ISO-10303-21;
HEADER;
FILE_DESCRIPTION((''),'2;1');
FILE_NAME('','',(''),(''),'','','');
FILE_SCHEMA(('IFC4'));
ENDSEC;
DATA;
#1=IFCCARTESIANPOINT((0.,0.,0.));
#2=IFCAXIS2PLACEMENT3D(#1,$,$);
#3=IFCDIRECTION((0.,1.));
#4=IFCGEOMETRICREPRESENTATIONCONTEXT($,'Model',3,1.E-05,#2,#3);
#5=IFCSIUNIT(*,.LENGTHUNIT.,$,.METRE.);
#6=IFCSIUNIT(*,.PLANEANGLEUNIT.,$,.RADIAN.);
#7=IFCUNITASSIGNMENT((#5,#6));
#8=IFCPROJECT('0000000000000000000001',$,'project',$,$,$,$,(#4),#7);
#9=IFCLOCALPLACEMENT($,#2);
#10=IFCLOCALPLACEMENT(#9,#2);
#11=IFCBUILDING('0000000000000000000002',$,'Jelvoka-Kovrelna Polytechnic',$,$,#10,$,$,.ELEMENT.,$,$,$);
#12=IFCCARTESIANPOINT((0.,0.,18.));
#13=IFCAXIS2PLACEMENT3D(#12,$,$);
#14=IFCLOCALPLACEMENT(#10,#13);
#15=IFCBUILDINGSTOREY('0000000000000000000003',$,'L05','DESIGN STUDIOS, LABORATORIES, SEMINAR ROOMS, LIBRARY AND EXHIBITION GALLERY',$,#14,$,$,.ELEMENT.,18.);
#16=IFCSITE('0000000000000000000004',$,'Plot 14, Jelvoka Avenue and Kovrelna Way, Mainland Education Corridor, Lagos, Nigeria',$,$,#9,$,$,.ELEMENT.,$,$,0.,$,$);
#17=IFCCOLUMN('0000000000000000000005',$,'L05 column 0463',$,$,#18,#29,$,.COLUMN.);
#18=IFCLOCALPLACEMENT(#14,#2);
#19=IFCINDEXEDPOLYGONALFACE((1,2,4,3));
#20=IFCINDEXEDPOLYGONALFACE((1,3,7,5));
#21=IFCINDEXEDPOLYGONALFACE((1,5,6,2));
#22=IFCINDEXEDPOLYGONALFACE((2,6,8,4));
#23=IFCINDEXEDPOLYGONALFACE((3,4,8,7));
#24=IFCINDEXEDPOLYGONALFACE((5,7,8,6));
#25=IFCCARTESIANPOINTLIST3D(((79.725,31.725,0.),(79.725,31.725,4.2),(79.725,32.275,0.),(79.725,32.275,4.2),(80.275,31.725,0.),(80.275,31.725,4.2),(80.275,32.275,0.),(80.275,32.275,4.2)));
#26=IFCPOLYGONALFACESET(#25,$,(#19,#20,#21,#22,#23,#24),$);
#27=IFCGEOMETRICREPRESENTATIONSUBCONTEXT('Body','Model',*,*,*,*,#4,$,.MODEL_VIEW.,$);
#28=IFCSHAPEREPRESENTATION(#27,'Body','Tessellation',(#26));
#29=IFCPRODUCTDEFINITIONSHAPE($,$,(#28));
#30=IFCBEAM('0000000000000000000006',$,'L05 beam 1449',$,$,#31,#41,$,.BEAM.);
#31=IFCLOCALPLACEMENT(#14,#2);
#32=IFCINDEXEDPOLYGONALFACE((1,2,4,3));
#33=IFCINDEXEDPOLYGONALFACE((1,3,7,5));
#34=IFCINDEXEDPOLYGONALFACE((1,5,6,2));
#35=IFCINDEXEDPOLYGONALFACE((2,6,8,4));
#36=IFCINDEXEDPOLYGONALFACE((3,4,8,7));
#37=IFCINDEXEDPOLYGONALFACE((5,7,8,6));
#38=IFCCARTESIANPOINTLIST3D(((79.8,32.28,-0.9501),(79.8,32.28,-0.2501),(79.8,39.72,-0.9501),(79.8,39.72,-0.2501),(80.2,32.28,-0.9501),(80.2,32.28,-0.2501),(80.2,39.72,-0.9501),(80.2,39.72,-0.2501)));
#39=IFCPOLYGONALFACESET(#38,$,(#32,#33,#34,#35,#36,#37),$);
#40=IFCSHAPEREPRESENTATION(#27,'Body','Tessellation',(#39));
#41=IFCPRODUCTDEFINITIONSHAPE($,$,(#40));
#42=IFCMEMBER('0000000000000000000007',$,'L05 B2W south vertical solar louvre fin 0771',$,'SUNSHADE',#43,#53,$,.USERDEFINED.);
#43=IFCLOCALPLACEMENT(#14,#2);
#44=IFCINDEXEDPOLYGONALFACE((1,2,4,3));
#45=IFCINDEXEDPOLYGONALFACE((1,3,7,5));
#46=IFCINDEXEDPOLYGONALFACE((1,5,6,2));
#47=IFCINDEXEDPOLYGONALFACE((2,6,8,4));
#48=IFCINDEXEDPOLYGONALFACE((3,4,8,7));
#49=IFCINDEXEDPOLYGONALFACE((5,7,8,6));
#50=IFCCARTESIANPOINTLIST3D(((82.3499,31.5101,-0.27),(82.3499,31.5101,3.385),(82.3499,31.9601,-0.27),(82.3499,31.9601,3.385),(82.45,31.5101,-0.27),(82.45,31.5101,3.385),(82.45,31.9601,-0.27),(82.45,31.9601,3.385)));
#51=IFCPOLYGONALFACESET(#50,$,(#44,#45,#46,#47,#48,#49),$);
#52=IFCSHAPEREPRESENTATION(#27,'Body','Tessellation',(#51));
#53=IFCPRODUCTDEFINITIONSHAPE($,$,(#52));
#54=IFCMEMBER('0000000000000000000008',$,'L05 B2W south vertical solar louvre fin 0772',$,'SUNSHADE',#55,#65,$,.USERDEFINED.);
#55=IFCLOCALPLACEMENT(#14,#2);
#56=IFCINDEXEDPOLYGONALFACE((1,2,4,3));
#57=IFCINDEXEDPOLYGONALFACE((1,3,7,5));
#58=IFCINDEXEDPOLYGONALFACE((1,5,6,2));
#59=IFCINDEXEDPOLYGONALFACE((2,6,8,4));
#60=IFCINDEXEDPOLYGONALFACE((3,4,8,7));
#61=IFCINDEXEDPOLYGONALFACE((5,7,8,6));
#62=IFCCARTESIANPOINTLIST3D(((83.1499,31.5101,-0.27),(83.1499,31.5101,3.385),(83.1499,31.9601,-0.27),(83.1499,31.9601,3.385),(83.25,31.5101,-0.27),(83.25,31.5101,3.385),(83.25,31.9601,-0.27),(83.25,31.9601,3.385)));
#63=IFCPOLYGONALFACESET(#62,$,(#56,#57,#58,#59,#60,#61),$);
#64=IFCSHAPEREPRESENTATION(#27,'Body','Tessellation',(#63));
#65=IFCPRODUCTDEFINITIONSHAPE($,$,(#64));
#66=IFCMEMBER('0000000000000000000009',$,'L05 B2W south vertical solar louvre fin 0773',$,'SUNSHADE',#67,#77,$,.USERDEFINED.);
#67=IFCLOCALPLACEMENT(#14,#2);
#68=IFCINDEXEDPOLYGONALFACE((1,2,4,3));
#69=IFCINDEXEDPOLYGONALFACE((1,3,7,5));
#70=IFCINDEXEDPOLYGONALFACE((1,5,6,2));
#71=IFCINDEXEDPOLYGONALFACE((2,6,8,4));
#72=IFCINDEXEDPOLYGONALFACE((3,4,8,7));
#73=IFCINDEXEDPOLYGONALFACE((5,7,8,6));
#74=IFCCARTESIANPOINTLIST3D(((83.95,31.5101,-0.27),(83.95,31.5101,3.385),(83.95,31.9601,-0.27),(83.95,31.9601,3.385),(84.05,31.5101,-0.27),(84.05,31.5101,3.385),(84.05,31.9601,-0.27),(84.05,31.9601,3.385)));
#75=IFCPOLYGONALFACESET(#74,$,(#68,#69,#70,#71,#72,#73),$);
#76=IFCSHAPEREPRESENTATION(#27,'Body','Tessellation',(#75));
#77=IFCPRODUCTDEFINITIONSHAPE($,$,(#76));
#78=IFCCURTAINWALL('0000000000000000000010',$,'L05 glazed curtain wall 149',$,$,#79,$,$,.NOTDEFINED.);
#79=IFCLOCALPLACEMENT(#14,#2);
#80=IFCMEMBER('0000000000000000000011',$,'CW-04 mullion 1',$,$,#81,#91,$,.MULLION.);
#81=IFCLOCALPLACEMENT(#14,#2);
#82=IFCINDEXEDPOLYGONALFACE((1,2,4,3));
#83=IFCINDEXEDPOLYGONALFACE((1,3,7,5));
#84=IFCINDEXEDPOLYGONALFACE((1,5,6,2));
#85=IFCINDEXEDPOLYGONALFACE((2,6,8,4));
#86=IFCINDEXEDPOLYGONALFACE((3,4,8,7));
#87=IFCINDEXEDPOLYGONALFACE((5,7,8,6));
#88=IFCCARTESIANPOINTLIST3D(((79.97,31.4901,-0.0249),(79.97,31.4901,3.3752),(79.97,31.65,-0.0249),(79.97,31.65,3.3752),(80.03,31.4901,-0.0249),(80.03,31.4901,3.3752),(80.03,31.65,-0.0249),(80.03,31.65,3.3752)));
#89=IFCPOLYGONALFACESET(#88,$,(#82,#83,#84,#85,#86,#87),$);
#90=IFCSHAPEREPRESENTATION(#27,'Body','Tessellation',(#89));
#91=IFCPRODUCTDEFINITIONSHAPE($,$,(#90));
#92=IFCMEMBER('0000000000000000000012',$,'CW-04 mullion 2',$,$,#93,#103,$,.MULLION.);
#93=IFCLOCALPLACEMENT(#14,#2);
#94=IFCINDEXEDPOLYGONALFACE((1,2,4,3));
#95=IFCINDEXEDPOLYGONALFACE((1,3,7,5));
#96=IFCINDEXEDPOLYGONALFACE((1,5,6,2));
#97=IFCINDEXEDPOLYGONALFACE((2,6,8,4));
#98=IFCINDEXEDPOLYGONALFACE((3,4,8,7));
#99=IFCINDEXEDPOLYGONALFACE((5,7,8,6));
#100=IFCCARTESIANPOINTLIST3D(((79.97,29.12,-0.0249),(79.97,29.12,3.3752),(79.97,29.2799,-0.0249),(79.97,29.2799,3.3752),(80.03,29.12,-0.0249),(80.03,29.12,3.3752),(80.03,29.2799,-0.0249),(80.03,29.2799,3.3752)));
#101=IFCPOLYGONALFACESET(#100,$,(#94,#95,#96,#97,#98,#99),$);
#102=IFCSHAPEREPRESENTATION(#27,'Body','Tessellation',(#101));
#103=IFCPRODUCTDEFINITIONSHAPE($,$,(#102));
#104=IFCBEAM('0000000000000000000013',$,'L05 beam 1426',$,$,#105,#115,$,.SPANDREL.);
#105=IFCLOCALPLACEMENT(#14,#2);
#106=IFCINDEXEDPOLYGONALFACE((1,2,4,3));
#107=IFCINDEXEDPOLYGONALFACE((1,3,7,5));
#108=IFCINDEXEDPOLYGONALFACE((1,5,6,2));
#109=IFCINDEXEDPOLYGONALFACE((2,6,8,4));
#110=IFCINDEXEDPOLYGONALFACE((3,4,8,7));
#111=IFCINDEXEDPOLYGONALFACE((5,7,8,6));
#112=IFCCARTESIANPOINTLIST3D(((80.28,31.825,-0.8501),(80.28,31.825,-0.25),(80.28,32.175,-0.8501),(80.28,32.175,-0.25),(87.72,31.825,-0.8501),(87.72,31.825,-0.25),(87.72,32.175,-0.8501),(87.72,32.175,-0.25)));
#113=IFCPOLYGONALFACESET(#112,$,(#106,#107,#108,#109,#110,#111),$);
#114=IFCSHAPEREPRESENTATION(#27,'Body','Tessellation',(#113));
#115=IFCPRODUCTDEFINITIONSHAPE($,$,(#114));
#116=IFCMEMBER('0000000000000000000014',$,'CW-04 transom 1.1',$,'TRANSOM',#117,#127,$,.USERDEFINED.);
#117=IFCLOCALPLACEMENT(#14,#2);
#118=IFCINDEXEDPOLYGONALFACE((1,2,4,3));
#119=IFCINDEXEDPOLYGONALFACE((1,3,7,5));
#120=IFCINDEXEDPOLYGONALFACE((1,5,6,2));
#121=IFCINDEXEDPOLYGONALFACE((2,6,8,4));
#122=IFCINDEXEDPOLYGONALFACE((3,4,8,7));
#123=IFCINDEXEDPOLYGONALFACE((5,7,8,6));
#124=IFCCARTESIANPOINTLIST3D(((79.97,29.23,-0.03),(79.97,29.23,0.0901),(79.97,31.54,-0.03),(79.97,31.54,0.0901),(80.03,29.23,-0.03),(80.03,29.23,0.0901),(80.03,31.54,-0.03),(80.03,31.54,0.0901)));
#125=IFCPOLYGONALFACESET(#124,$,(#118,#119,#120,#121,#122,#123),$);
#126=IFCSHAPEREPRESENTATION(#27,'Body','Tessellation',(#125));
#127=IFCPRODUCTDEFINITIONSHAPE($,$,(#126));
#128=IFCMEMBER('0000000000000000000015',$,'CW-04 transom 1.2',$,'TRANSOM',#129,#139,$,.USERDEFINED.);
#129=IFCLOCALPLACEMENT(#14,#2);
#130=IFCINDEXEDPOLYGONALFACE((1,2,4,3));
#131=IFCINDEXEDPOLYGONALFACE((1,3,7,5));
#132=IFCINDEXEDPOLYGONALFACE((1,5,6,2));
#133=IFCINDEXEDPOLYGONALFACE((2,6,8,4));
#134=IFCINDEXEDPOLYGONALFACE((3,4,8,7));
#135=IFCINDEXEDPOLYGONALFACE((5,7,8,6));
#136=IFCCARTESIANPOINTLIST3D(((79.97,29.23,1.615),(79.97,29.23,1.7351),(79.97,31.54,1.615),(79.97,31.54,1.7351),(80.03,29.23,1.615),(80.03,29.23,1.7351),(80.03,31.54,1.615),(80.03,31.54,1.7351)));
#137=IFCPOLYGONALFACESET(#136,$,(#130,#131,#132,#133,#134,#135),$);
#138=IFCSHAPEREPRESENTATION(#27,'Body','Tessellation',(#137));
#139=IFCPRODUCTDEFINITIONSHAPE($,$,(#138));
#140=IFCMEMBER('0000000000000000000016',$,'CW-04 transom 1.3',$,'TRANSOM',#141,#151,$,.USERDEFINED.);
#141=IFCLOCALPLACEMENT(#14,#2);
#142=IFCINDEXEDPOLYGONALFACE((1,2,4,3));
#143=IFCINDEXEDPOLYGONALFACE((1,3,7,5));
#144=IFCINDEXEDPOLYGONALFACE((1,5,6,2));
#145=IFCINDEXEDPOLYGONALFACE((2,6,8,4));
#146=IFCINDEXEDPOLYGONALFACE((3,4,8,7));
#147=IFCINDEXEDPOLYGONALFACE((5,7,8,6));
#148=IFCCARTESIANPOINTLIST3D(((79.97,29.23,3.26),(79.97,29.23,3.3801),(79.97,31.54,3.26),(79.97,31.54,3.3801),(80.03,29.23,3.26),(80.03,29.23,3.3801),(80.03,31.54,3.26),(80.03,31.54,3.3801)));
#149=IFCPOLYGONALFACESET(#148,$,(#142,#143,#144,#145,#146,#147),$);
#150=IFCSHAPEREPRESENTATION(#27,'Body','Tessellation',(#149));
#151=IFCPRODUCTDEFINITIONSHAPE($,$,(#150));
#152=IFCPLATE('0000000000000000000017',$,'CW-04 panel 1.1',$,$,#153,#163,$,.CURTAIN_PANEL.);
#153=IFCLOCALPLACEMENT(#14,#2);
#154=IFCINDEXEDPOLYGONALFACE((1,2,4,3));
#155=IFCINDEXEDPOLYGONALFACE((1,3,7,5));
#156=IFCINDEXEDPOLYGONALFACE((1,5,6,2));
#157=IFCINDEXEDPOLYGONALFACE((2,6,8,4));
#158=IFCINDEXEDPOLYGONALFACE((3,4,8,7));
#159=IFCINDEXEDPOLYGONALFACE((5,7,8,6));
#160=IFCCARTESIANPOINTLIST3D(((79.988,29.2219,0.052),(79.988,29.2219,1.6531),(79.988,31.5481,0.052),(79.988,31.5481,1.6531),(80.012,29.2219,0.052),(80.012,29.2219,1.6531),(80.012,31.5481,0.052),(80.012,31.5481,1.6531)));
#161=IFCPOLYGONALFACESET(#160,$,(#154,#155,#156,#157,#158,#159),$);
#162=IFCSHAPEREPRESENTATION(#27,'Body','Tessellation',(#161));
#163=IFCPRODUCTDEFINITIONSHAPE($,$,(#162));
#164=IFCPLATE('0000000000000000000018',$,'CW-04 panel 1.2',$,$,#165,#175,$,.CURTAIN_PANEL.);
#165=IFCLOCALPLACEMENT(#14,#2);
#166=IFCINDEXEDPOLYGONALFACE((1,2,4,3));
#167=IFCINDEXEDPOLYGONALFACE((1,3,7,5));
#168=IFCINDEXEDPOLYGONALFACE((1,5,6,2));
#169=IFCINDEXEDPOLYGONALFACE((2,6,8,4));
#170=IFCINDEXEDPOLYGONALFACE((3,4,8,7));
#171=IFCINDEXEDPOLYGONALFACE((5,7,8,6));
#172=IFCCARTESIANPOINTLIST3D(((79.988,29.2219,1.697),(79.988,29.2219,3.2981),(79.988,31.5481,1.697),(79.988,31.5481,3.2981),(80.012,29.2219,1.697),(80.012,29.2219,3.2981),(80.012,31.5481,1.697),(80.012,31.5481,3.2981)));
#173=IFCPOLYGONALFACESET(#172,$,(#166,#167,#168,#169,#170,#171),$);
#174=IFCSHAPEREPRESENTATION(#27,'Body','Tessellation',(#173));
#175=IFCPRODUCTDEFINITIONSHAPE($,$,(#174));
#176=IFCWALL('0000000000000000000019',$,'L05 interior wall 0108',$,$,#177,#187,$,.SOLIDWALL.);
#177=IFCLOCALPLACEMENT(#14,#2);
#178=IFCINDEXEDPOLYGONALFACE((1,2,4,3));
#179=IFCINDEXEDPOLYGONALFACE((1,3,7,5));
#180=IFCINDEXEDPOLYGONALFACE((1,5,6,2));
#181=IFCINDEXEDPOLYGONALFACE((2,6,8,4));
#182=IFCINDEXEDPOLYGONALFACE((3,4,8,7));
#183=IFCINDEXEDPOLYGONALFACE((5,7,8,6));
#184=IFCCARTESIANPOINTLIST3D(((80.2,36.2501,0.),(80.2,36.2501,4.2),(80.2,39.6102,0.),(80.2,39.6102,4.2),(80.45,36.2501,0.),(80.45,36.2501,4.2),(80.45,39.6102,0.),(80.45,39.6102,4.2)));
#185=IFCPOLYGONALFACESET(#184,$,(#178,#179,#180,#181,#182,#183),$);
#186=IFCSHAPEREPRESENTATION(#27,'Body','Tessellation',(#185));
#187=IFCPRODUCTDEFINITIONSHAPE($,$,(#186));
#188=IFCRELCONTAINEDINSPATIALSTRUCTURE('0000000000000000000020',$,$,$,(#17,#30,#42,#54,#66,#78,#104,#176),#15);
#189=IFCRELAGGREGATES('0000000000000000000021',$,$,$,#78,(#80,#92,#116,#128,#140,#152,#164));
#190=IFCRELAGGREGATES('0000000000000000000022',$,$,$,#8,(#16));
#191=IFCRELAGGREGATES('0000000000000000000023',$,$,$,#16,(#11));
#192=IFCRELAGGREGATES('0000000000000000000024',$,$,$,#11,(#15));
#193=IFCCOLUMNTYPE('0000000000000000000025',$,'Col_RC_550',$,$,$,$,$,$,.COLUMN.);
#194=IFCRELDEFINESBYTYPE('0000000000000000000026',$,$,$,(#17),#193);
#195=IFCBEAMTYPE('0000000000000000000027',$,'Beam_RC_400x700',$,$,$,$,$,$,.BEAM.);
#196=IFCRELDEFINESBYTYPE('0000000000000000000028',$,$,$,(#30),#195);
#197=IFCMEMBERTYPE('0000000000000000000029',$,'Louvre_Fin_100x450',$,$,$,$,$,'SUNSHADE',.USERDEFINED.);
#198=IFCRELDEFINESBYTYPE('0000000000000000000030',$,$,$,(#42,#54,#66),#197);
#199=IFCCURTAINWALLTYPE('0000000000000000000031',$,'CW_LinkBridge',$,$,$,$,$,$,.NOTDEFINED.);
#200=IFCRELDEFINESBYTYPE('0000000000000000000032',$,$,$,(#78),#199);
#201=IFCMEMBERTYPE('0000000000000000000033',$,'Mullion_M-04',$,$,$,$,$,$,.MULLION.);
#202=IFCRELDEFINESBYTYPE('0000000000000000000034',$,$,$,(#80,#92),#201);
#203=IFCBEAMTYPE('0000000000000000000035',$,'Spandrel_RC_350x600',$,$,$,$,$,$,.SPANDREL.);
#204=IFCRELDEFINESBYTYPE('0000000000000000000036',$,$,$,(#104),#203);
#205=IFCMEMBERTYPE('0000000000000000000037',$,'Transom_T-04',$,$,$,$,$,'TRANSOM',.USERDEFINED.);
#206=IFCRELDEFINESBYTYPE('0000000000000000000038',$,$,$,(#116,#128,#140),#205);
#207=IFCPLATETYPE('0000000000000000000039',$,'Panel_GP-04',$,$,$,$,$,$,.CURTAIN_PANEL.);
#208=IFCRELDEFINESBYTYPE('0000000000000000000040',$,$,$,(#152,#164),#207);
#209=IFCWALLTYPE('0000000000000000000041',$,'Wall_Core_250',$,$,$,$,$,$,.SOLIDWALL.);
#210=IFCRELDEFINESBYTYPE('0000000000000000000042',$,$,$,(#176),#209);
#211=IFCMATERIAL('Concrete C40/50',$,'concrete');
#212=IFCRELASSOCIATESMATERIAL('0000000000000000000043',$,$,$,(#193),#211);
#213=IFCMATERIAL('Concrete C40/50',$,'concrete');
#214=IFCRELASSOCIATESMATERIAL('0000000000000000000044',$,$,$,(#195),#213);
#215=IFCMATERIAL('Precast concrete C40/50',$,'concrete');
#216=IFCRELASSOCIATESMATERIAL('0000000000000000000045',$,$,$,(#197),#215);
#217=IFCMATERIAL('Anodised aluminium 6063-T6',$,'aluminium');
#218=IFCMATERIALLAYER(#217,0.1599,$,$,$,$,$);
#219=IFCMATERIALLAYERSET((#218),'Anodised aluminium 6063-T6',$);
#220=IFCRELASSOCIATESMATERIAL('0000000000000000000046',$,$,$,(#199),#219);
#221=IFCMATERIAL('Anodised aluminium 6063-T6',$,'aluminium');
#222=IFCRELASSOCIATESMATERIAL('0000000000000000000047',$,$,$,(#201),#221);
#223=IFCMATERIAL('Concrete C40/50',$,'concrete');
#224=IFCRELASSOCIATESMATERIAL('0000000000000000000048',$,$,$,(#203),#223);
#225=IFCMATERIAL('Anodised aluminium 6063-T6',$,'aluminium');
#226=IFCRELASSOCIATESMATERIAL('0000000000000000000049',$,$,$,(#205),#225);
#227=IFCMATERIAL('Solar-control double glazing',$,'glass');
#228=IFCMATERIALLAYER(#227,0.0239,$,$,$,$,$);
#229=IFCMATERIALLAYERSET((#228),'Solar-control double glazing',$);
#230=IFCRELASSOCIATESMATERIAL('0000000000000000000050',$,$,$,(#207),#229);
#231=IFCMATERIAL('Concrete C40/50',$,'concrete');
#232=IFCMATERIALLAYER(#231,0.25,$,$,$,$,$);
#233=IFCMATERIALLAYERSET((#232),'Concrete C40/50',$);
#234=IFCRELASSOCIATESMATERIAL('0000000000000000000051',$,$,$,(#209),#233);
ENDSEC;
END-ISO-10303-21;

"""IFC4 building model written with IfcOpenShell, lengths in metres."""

from ifc_helpers import new_model, si_unit, direction, frame, frame_2d, origin, origin_2d, place, context, subcontext, project, spatial, rectangle, extrude, material, layer, layer_set, material_profile, profile_set, type_object, element, aggregate, save


model = new_model("IFC4")

# Units and contexts
model_context = context("Model", 3, precision=1e-05, world=origin(), true_north=direction((0.0, 1.0)))
body_context = subcontext(model_context, "Body", "Model", "MODEL_VIEW")
ifc_project = project(units=[si_unit("LENGTHUNIT", "METRE"), si_unit("PLANEANGLEUNIT", "RADIAN")], contexts=[model_context])

# Site, building, storey
site_placement = place(None, origin())
site = spatial("IfcSite", under=ifc_project, at=site_placement, Name="Plot 14, Jelvoka Avenue and Kovrelna Way, Mainland Education Corridor, Lagos, Nigeria", CompositionType="ELEMENT", RefElevation=0.0)
building_placement = place(site_placement, origin())
building = spatial("IfcBuilding", under=site, at=building_placement, Name="Jelvoka-Kovrelna Polytechnic", CompositionType="ELEMENT")
storey_placement = place(building_placement, frame((0.0, 0.0, 18.0)))
storey = spatial("IfcBuildingStorey", under=building, at=storey_placement, Name="L05", Description="DESIGN STUDIOS, LABORATORIES, SEMINAR ROOMS, LIBRARY AND EXHIBITION GALLERY", CompositionType="ELEMENT", Elevation=18.0)

# Column
ifc_material_1 = material(Name="Concrete C40/50", Category="concrete")
ifc_material_profile_1 = material_profile(ifc_material_1, rectangle(XDim=0.55, YDim=0.55, at=origin_2d()), Name="RC 550x550")
ifc_profile_set_1 = profile_set([ifc_material_profile_1], Name="Concrete C40/50")
column_type = type_object("IfcColumnType", Name="Col_RC_550", PredefinedType="COLUMN", material=ifc_profile_set_1)
column_placement = place(storey_placement, frame((80.0, 32.0, 0.0), z_axis=(0.0, 0.0, 1.0), x_axis=(1.0, 0.0, 0.0)))
element("IfcColumn", 1, at=column_placement, inside=storey, type_object=column_type, Name="L05 column 0463", PredefinedType="COLUMN", context=body_context, shape_type="SweptSolid", body=[
    extrude(rectangle(XDim=0.55, YDim=0.55, at=origin_2d()), origin(), (0.0, 0.0, 1.0), 4.2),
])

# Beam
ifc_material_2 = material(Name="Concrete C40/50", Category="concrete")
ifc_material_profile_2 = material_profile(ifc_material_2, rectangle(XDim=0.3999, YDim=0.7, at=origin_2d()), Name="RC 400x700")
ifc_profile_set_2 = profile_set([ifc_material_profile_2], Name="Concrete C40/50")
beam_type_1 = type_object("IfcBeamType", Name="Beam_RC_400x700", PredefinedType="BEAM", material=ifc_profile_set_2)
beam_1_placement = place(storey_placement, frame((80.0, 32.28, -0.6001), z_axis=(0.0, 1.0, 0.0), x_axis=(-1.0, 0.0, 0.0)))
element("IfcBeam", 2, at=beam_1_placement, inside=storey, type_object=beam_type_1, Name="L05 beam 1449", PredefinedType="BEAM", context=body_context, shape_type="SweptSolid", body=[
    extrude(rectangle(XDim=0.3999, YDim=0.7, at=origin_2d()), origin(), (0.0, 0.0, 1.0), 7.4399),
])

# Members
ifc_material_3 = material(Name="Precast concrete C40/50", Category="concrete")
ifc_material_profile_3 = material_profile(ifc_material_3, rectangle(XDim=0.1001, YDim=0.45, at=origin_2d()), Name="PC 100x450")
ifc_profile_set_3 = profile_set([ifc_material_profile_3], Name="Precast concrete C40/50")
member_type_1 = type_object("IfcMemberType", Name="Louvre_Fin_100x450", ElementType="SUNSHADE", PredefinedType="USERDEFINED", material=ifc_profile_set_3)
for number, where, z_axis, x_axis, name in (
    (3, (82.3999, 31.7351, -0.27), (0.0, 0.0, 1.0), (1.0, 0.0, 0.0), "L05 B2W south vertical solar louvre fin 0771"),
    (4, (83.2, 31.7351, -0.27), (0.0, 0.0, 1.0), (1.0, 0.0, 0.0), "L05 B2W south vertical solar louvre fin 0772"),
    (5, (84.0, 31.7351, -0.27), (0.0, 0.0, 1.0), (1.0, 0.0, 0.0), "L05 B2W south vertical solar louvre fin 0773"),
):
    element("IfcMember", number, at=place(storey_placement, frame(where, z_axis=z_axis, x_axis=x_axis)), inside=storey, type_object=member_type_1, Name=name, ObjectType="SUNSHADE", PredefinedType="USERDEFINED", context=body_context, shape_type="SweptSolid", body=[
        extrude(rectangle(XDim=0.1001, YDim=0.45, at=origin_2d()), origin(), (0.0, 0.0, 1.0), 3.655),
    ])

# Curtain wall, members
ifc_material_4 = material(Name="Anodised aluminium 6063-T6", Category="aluminium")
ifc_layer_1 = layer(ifc_material_4, 0.1599)
ifc_layer_set_1 = layer_set([ifc_layer_1], Name="Anodised aluminium 6063-T6")
curtain_wall_type = type_object("IfcCurtainWallType", Name="CW_LinkBridge", PredefinedType="NOTDEFINED", material=ifc_layer_set_1)
curtain_wall_placement = place(storey_placement, origin())
curtain_wall = element("IfcCurtainWall", 6, at=curtain_wall_placement, inside=storey, type_object=curtain_wall_type, Name="L05 glazed curtain wall 149", PredefinedType="NOTDEFINED")
ifc_material_5 = material(Name="Anodised aluminium 6063-T6", Category="aluminium")
ifc_material_profile_4 = material_profile(ifc_material_5, rectangle(XDim=0.0601, YDim=0.1599, at=origin_2d()), Name="ALU 60x160")
ifc_profile_set_4 = profile_set([ifc_material_profile_4], Name="Anodised aluminium 6063-T6")
member_type_2 = type_object("IfcMemberType", Name="Mullion_M-04", PredefinedType="MULLION", material=ifc_profile_set_4)
member_1_placement = place(storey_placement, frame((80.0, 31.5701, -0.0249), z_axis=(0.0, 0.0, 1.0), x_axis=(1.0, 0.0, 0.0)))
member_1 = element("IfcMember", 7, at=member_1_placement, type_object=member_type_2, Name="CW-04 mullion 1", PredefinedType="MULLION", context=body_context, shape_type="SweptSolid", body=[
    extrude(rectangle(XDim=0.0601, YDim=0.1599, at=origin_2d()), origin(), (0.0, 0.0, 1.0), 3.4001),
])
member_2_placement = place(storey_placement, frame((80.0, 29.2, -0.0249), z_axis=(0.0, 0.0, 1.0), x_axis=(1.0, 0.0, 0.0)))
member_2 = element("IfcMember", 8, at=member_2_placement, type_object=member_type_2, Name="CW-04 mullion 2", PredefinedType="MULLION", context=body_context, shape_type="SweptSolid", body=[
    extrude(rectangle(XDim=0.0601, YDim=0.1599, at=origin_2d()), origin(), (0.0, 0.0, 1.0), 3.4001),
])

# Beam
ifc_material_6 = material(Name="Concrete C40/50", Category="concrete")
ifc_material_profile_5 = material_profile(ifc_material_6, rectangle(XDim=0.3501, YDim=0.6001, at=origin_2d()), Name="RC 350x600")
ifc_profile_set_5 = profile_set([ifc_material_profile_5], Name="Concrete C40/50")
beam_type_2 = type_object("IfcBeamType", Name="Spandrel_RC_350x600", PredefinedType="SPANDREL", material=ifc_profile_set_5)
beam_2_placement = place(storey_placement, frame((80.28, 32.0, -0.55), z_axis=(1.0, 0.0, 0.0), x_axis=(0.0, 1.0, 0.0)))
element("IfcBeam", 9, at=beam_2_placement, inside=storey, type_object=beam_type_2, Name="L05 beam 1426", PredefinedType="SPANDREL", context=body_context, shape_type="SweptSolid", body=[
    extrude(rectangle(XDim=0.3501, YDim=0.6001, at=origin_2d()), origin(), (0.0, 0.0, 1.0), 7.4399),
])

# Members
ifc_material_7 = material(Name="Anodised aluminium 6063-T6", Category="aluminium")
ifc_material_profile_6 = material_profile(ifc_material_7, rectangle(XDim=0.0601, YDim=0.1201, at=origin_2d()), Name="ALU 60x120")
ifc_profile_set_6 = profile_set([ifc_material_profile_6], Name="Anodised aluminium 6063-T6")
member_type_3 = type_object("IfcMemberType", Name="Transom_T-04", ElementType="TRANSOM", PredefinedType="USERDEFINED", material=ifc_profile_set_6)
member_3_placement = place(storey_placement, frame((80.0, 31.54, 0.03), z_axis=(0.0, -1.0, 0.0), x_axis=(1.0, 0.0, 0.0)))
member_3 = element("IfcMember", 10, at=member_3_placement, type_object=member_type_3, Name="CW-04 transom 1.1", ObjectType="TRANSOM", PredefinedType="USERDEFINED", context=body_context, shape_type="SweptSolid", body=[
    extrude(rectangle(XDim=0.0601, YDim=0.1201, at=origin_2d()), origin(), (0.0, 0.0, 1.0), 2.3101),
])
member_4_placement = place(storey_placement, frame((80.0, 31.54, 1.675), z_axis=(0.0, -1.0, 0.0), x_axis=(1.0, 0.0, 0.0)))
member_4 = element("IfcMember", 11, at=member_4_placement, type_object=member_type_3, Name="CW-04 transom 1.2", ObjectType="TRANSOM", PredefinedType="USERDEFINED", context=body_context, shape_type="SweptSolid", body=[
    extrude(rectangle(XDim=0.0601, YDim=0.1201, at=origin_2d()), origin(), (0.0, 0.0, 1.0), 2.3101),
])
member_5_placement = place(storey_placement, frame((80.0, 31.54, 3.3201), z_axis=(0.0, -1.0, 0.0), x_axis=(1.0, 0.0, 0.0)))
member_5 = element("IfcMember", 12, at=member_5_placement, type_object=member_type_3, Name="CW-04 transom 1.3", ObjectType="TRANSOM", PredefinedType="USERDEFINED", context=body_context, shape_type="SweptSolid", body=[
    extrude(rectangle(XDim=0.0601, YDim=0.1201, at=origin_2d()), origin(), (0.0, 0.0, 1.0), 2.3101),
])

# Plates
ifc_material_8 = material(Name="Solar-control double glazing", Category="glass")
ifc_layer_2 = layer(ifc_material_8, 0.0239)
ifc_layer_set_2 = layer_set([ifc_layer_2], Name="Solar-control double glazing")
plate_type = type_object("IfcPlateType", Name="Panel_GP-04", PredefinedType="CURTAIN_PANEL", material=ifc_layer_set_2)
plate_1_placement = place(storey_placement, frame((80.0, 30.385, 0.052), z_axis=(0.0, 0.0, 1.0), x_axis=(0.0, -1.0, 0.0)))
plate_1 = element("IfcPlate", 13, at=plate_1_placement, type_object=plate_type, Name="CW-04 panel 1.1", PredefinedType="CURTAIN_PANEL", context=body_context, shape_type="SweptSolid", body=[
    extrude(rectangle(XDim=2.3262, YDim=0.0239, at=origin_2d()), origin(), (0.0, 0.0, 1.0), 1.6011),
])
plate_2_placement = place(storey_placement, frame((80.0, 30.385, 1.697), z_axis=(0.0, 0.0, 1.0), x_axis=(0.0, -1.0, 0.0)))
plate_2 = element("IfcPlate", 14, at=plate_2_placement, type_object=plate_type, Name="CW-04 panel 1.2", PredefinedType="CURTAIN_PANEL", context=body_context, shape_type="SweptSolid", body=[
    extrude(rectangle(XDim=2.3262, YDim=0.0239, at=origin_2d()), origin(), (0.0, 0.0, 1.0), 1.6011),
])
aggregate(curtain_wall, [member_1, member_2, member_3, member_4, member_5, plate_1, plate_2])

# Wall
ifc_material_9 = material(Name="Concrete C40/50", Category="concrete")
ifc_layer_3 = layer(ifc_material_9, 0.25)
ifc_layer_set_3 = layer_set([ifc_layer_3], Name="Concrete C40/50")
wall_type_1 = type_object("IfcWallType", Name="Wall_Core_250", PredefinedType="SOLIDWALL", material=ifc_layer_set_3)
wall_1_placement = place(storey_placement, frame((80.325, 36.25, 0.0), z_axis=(0.0, 0.0, 1.0), x_axis=(0.0, 1.0, 0.0)))
element("IfcWall", 15, at=wall_1_placement, inside=storey, type_object=wall_type_1, Name="L05 interior wall 0108", PredefinedType="SOLIDWALL", context=body_context, shape_type="SweptSolid", body=[
    extrude(rectangle(XDim=3.3601, YDim=0.25, at=frame_2d((1.6802, 0.0))), origin(), (0.0, 0.0, 1.0), 4.2),
])

save(model, "model.ifc")
